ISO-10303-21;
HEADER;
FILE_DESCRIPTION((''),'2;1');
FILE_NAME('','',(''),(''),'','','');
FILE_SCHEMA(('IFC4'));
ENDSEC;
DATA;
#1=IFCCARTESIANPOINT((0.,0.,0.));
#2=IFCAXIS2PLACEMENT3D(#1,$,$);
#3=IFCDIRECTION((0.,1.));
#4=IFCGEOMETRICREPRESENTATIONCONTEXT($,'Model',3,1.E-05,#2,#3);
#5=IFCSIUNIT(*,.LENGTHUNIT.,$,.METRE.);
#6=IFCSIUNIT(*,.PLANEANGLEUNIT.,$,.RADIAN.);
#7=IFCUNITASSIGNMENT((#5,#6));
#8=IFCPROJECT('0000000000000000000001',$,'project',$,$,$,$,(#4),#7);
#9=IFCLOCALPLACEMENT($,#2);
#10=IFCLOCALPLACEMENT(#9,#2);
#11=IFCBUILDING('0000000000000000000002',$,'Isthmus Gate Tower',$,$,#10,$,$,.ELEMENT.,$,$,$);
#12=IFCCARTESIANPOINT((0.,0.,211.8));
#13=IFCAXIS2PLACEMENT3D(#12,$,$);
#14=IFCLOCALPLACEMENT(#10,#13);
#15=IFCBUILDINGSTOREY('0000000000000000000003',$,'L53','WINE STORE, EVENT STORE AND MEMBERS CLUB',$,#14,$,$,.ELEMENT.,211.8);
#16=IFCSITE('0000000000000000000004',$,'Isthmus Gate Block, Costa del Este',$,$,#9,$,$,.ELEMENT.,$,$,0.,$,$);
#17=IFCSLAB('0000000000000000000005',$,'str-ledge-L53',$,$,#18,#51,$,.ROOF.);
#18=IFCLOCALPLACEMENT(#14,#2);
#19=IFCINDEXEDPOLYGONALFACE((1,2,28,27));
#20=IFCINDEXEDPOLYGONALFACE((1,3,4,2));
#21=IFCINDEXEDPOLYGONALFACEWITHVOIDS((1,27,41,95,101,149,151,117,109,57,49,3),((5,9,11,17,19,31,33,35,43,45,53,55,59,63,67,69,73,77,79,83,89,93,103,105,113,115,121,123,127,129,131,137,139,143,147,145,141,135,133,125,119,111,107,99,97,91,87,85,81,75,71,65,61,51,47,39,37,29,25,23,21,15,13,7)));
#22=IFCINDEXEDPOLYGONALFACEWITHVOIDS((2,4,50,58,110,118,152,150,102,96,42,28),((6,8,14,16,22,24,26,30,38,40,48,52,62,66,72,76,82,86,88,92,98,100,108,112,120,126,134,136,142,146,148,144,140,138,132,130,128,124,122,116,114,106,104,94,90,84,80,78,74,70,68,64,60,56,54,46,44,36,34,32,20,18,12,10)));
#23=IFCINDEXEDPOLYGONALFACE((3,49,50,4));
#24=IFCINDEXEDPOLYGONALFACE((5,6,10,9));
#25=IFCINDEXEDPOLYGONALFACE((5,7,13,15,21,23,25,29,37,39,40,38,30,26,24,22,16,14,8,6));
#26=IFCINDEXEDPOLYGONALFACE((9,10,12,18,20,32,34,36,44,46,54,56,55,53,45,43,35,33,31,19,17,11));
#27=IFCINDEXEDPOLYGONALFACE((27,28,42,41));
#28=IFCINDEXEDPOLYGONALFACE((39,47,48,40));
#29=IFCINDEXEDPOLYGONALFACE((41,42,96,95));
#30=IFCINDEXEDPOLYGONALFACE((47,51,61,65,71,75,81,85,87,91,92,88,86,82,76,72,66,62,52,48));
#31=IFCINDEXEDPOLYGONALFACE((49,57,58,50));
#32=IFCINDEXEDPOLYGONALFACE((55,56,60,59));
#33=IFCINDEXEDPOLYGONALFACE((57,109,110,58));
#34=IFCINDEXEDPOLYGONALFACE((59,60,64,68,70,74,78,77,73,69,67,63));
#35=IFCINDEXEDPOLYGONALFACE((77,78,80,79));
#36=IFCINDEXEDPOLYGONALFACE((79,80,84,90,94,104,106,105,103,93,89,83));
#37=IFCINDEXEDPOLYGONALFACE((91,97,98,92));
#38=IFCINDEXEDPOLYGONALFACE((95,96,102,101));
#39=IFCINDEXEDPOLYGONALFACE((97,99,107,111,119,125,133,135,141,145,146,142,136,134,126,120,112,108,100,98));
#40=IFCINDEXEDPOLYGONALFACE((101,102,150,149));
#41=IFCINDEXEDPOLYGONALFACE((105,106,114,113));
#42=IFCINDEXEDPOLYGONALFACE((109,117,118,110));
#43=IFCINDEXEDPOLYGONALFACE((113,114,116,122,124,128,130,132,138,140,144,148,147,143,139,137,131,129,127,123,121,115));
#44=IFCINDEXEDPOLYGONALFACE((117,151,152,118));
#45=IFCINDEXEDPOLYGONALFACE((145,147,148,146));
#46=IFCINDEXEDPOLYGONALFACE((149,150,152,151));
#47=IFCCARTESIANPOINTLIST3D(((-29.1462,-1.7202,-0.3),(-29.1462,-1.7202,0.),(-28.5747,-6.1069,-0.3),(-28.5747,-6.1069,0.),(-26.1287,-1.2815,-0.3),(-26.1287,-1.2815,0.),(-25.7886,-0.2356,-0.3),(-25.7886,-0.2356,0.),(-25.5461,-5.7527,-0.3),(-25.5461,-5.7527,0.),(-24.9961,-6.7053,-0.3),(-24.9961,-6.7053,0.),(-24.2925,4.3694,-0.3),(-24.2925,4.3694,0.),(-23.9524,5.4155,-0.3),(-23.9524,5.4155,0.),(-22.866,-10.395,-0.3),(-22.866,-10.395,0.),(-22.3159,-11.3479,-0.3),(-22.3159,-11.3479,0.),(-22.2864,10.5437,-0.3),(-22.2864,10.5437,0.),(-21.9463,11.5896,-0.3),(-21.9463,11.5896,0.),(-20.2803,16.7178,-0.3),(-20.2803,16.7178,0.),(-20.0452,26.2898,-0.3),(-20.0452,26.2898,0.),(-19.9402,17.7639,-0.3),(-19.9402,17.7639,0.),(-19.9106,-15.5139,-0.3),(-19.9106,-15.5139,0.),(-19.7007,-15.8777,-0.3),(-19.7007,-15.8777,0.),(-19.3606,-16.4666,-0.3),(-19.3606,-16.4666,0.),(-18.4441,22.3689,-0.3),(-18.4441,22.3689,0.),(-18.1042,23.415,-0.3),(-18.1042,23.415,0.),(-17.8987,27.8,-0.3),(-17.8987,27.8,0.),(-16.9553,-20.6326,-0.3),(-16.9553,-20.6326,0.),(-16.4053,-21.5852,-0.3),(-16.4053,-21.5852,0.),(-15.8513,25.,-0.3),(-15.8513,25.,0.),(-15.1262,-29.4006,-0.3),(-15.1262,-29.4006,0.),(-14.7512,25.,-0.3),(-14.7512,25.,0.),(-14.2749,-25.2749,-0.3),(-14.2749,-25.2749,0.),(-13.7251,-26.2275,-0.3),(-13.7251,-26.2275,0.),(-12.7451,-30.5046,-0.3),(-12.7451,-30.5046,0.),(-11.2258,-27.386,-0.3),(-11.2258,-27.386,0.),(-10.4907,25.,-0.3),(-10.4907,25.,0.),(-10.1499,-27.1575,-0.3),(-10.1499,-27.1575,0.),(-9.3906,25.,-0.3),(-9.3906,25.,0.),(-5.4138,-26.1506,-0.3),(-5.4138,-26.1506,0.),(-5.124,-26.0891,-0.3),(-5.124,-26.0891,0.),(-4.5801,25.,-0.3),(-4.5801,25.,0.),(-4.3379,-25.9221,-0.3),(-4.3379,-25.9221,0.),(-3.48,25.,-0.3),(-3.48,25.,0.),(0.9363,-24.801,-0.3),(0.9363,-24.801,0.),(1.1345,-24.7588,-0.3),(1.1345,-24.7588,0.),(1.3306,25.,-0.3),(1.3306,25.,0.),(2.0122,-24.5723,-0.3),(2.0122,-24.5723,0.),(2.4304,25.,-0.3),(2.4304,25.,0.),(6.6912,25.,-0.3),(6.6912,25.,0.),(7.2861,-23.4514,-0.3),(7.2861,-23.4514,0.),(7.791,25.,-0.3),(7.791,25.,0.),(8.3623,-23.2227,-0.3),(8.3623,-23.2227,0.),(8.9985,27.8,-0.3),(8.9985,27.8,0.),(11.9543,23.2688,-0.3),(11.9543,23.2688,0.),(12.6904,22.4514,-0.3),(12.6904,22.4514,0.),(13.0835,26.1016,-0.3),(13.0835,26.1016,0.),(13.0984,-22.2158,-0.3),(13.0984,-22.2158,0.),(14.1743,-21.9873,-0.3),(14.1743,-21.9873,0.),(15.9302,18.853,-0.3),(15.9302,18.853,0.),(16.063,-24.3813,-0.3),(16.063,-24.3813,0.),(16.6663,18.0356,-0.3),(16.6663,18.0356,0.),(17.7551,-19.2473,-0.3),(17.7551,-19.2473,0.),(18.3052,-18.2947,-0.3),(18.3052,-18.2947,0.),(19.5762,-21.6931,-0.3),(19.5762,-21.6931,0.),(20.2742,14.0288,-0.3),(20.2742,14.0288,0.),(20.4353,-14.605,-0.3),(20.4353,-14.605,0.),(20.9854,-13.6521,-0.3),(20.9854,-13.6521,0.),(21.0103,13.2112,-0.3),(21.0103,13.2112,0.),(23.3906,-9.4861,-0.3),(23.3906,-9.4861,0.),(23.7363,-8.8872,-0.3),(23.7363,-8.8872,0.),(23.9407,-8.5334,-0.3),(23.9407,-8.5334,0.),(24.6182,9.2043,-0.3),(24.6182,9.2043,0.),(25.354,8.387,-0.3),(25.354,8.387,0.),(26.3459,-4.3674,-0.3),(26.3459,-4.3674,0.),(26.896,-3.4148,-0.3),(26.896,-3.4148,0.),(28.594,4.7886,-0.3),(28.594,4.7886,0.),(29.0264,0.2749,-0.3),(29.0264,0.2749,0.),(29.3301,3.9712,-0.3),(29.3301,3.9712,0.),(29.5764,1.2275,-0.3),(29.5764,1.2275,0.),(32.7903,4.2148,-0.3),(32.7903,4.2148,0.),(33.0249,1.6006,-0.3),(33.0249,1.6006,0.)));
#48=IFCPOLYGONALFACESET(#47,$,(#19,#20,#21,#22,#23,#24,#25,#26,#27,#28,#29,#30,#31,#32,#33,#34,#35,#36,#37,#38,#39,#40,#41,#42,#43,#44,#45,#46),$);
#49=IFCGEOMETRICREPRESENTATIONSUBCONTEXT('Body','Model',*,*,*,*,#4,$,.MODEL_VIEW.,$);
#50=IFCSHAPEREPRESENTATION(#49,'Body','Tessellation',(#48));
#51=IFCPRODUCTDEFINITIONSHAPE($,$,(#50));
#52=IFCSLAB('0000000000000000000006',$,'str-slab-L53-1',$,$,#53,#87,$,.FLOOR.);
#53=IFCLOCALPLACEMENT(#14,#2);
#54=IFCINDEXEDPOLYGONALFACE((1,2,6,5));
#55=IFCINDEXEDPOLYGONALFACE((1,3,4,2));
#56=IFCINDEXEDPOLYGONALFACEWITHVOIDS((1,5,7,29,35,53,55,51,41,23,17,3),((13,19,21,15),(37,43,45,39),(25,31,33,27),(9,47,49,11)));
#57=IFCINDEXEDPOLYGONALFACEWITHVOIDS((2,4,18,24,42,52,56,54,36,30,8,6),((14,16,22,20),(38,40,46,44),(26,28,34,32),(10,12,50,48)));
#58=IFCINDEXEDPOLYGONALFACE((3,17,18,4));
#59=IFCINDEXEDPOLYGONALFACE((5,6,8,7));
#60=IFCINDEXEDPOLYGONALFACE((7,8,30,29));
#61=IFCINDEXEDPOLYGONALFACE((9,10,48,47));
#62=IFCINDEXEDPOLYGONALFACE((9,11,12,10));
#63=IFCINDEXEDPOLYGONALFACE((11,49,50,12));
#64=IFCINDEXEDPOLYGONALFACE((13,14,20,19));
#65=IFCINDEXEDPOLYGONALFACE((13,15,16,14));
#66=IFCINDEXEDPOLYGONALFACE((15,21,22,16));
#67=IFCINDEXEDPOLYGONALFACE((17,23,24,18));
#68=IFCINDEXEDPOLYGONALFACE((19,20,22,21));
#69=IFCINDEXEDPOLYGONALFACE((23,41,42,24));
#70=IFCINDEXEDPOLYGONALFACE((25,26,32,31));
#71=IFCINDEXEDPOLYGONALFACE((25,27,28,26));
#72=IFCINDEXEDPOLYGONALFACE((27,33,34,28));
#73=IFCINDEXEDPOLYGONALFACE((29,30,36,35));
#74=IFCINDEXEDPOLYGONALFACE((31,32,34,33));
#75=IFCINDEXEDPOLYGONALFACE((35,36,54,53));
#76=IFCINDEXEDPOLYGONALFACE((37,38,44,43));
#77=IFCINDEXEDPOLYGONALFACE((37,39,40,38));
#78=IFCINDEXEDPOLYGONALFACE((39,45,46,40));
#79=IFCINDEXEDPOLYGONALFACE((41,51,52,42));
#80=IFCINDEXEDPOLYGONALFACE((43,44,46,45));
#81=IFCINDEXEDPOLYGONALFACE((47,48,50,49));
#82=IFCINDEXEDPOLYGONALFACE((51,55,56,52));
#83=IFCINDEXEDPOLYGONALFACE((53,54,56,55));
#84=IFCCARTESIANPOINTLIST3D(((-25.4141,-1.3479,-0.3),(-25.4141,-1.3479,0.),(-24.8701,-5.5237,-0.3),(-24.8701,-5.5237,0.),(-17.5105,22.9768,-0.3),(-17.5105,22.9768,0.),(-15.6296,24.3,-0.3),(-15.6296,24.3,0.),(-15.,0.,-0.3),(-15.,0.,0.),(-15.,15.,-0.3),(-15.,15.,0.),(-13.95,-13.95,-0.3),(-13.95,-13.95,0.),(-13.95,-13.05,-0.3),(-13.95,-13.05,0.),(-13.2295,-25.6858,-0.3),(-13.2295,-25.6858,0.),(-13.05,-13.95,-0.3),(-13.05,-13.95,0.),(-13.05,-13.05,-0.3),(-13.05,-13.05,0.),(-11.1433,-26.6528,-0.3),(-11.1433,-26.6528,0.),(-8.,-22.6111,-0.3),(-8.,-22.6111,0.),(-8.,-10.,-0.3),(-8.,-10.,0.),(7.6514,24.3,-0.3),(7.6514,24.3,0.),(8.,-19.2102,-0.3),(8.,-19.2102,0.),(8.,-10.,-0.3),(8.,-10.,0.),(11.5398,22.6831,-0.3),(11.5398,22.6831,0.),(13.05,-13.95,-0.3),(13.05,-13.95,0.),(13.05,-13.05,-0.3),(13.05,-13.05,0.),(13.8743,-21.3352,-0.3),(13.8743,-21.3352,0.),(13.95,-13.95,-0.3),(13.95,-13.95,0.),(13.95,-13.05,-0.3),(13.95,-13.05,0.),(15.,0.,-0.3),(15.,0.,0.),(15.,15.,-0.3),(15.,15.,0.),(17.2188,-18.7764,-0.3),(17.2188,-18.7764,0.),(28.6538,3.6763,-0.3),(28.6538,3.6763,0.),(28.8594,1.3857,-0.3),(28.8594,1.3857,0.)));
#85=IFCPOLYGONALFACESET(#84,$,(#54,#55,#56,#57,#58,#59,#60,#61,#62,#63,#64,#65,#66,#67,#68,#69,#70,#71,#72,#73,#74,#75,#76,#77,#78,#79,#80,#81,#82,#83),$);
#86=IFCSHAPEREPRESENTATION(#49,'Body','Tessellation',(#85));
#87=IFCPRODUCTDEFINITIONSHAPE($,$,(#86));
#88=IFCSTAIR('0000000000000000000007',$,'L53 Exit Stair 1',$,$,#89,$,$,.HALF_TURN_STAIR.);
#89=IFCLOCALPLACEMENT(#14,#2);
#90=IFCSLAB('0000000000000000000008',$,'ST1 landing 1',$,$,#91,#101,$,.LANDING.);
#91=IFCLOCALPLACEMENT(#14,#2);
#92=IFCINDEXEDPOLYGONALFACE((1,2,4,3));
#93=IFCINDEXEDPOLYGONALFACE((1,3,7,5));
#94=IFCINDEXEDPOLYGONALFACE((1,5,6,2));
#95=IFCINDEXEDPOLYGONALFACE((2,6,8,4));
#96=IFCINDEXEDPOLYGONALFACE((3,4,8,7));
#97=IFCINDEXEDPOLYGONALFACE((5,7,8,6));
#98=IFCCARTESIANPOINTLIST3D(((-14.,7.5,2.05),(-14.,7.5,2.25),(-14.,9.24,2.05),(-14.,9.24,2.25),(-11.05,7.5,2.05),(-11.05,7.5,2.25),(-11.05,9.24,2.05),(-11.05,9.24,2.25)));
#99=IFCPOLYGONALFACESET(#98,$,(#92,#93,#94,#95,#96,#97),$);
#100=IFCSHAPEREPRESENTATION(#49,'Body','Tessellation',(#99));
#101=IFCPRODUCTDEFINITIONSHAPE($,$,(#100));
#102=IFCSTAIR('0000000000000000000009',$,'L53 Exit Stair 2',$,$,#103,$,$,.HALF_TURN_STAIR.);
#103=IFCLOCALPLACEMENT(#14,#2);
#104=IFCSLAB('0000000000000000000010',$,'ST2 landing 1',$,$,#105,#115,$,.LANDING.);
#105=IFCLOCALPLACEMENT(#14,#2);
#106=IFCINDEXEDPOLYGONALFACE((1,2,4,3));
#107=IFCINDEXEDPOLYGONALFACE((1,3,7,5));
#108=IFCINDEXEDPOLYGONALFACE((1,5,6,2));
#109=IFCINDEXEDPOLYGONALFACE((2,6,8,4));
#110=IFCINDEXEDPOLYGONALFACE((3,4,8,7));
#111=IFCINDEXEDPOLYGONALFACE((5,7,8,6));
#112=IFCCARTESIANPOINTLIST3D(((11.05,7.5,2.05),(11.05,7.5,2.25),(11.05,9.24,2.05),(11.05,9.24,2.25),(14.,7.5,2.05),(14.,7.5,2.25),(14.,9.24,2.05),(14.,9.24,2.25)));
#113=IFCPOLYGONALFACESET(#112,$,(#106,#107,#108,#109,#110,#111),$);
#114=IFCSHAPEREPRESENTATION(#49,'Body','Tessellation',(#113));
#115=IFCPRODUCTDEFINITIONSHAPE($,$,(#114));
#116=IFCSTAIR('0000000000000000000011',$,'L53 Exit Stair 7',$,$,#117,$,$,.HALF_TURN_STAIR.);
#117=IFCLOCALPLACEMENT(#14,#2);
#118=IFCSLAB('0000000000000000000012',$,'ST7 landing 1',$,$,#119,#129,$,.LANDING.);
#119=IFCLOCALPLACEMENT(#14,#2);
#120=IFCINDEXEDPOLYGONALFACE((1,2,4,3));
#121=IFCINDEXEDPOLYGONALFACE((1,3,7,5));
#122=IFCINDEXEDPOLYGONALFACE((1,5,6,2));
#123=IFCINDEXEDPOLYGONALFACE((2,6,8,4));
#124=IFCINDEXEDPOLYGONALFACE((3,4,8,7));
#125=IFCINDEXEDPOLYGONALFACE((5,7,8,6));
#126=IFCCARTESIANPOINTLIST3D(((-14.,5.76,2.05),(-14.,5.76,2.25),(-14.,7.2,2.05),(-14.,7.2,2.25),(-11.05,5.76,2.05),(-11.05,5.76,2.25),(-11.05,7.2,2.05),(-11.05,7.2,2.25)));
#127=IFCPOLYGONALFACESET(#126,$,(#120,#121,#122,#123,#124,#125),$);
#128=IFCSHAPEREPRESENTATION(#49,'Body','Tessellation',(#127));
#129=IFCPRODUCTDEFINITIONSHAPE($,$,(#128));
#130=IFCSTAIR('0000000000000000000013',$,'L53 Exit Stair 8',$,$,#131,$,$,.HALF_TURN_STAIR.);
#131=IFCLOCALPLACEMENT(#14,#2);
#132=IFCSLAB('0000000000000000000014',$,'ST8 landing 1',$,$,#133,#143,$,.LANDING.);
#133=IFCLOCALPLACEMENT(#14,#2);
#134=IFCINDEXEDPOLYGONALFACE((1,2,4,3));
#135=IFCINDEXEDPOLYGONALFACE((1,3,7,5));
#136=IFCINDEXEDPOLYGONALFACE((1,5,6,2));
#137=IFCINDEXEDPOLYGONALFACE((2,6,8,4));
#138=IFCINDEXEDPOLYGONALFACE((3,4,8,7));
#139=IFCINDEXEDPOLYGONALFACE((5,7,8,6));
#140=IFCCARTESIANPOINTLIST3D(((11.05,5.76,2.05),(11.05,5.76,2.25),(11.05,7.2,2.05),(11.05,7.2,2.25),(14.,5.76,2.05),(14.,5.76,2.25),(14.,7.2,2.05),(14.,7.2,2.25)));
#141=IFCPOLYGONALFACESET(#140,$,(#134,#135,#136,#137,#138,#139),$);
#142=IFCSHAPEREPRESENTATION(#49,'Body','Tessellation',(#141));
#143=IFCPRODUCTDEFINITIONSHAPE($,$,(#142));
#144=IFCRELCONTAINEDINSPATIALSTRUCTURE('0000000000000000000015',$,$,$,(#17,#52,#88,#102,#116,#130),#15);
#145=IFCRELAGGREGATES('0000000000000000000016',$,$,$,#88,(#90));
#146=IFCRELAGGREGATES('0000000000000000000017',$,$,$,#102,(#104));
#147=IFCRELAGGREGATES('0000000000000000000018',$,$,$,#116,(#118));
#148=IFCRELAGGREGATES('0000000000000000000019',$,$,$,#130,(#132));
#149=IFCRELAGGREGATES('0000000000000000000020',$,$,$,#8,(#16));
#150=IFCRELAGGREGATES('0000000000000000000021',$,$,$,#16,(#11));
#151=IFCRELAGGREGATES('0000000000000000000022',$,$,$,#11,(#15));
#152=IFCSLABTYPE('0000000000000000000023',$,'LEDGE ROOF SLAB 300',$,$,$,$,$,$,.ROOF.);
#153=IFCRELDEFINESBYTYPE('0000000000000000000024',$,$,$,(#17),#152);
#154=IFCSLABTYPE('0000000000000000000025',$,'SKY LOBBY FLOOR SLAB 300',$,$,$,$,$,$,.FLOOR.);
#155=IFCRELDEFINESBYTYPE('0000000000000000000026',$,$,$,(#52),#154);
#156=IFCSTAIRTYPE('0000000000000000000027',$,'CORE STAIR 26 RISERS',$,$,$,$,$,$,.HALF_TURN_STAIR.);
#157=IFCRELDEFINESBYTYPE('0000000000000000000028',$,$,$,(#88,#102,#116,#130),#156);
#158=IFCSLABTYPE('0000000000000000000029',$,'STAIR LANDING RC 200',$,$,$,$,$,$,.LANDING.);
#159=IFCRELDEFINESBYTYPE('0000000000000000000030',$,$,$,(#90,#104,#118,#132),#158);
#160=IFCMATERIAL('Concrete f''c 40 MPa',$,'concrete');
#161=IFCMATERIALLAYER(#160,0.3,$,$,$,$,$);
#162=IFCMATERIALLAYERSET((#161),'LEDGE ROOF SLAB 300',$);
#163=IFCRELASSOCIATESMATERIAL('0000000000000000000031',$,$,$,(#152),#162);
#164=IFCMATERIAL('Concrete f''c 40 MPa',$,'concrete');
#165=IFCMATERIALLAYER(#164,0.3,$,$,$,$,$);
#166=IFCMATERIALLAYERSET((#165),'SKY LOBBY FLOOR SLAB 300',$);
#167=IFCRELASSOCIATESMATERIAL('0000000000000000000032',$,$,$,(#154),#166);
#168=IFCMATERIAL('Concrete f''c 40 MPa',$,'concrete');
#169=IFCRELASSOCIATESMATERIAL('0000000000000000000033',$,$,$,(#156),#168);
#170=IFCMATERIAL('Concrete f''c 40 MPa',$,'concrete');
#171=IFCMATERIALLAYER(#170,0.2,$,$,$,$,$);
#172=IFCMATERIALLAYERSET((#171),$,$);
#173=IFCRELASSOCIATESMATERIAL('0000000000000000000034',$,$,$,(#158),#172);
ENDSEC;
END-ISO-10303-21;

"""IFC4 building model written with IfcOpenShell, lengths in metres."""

from ifc_helpers import new_model, si_unit, direction, frame, origin, place, context, subcontext, project, spatial, polyline, outline, extrude, material, layer, layer_set, type_object, element, aggregate, save


model = new_model("IFC4")

# Units and contexts
model_context = context("Model", 3, precision=1e-05, world=origin(), true_north=direction((0.0, 1.0)))
body_context = subcontext(model_context, "Body", "Model", "MODEL_VIEW")
ifc_project = project(units=[si_unit("LENGTHUNIT", "METRE"), si_unit("PLANEANGLEUNIT", "RADIAN")], contexts=[model_context])

# Site, building, storey
site_placement = place(None, origin())
site = spatial("IfcSite", under=ifc_project, at=site_placement, Name="Isthmus Gate Block, Costa del Este", CompositionType="ELEMENT", RefElevation=0.0)
building_placement = place(site_placement, origin())
building = spatial("IfcBuilding", under=site, at=building_placement, Name="Isthmus Gate Tower", CompositionType="ELEMENT")
storey_placement = place(building_placement, frame((0.0, 0.0, 211.8)))
storey = spatial("IfcBuildingStorey", under=building, at=storey_placement, Name="L53", Description="WINE STORE, EVENT STORE AND MEMBERS CLUB", CompositionType="ELEMENT", Elevation=211.8)

# Slabs
ifc_material_1 = material(Name="Concrete f'c 40 MPa", Category="concrete")
ifc_layer_1 = layer(ifc_material_1, 0.3)
ifc_layer_set_1 = layer_set([ifc_layer_1], Name="LEDGE ROOF SLAB 300")
slab_type_1 = type_object("IfcSlabType", Name="LEDGE ROOF SLAB 300", PredefinedType="ROOF", material=ifc_layer_set_1)
slab_1_placement = place(storey_placement, frame((0.0, 0.0, -0.3)))
element("IfcSlab", 1, at=slab_1_placement, inside=storey, type_object=slab_type_1, Name="str-ledge-L53", PredefinedType="ROOF", context=body_context, shape_type="SweptSolid", body=[
    extrude(outline(polyline([(32.7903, 4.2148), (33.0249, 1.6006), (19.5762, -21.6931), (16.063, -24.3813), (-12.7451, -30.5046), (-15.1262, -29.4006), (-28.5747, -6.1069), (-29.1462, -1.7202), (-20.0452, 26.2898), (-17.8987, 27.8), (8.9985, 27.8), (13.0835, 26.1016), (32.7903, 4.2148)]), holes=[polyline([(-18.1042, 23.415), (-18.4441, 22.3689), (-19.9402, 17.7639), (-20.2803, 16.7178), (-21.9463, 11.5896), (-22.2864, 10.5437), (-23.9524, 5.4155), (-24.2925, 4.3694), (-25.7886, -0.2356), (-26.1287, -1.2815), (-25.5461, -5.7527), (-24.9961, -6.7053), (-22.866, -10.395), (-22.3159, -11.3479), (-19.9106, -15.5139), (-19.7007, -15.8777), (-19.3606, -16.4666), (-16.9553, -20.6326), (-16.4053, -21.5852), (-14.2749, -25.2749), (-13.7251, -26.2275), (-11.2258, -27.386), (-10.1499, -27.1575), (-5.4138, -26.1506), (-5.124, -26.0891), (-4.3379, -25.9221), (0.9363, -24.801), (1.1345, -24.7588), (2.0122, -24.5723), (7.2861, -23.4514), (8.3623, -23.2227), (13.0984, -22.2158), (14.1743, -21.9873), (17.7551, -19.2473), (18.3052, -18.2947), (20.4353, -14.605), (20.9854, -13.6521), (23.3906, -9.4861), (23.7363, -8.8872), (23.9407, -8.5334), (26.3459, -4.3674), (26.896, -3.4148), (29.0264, 0.2749), (29.5764, 1.2275), (29.3301, 3.9712), (28.594, 4.7886), (25.354, 8.387), (24.6182, 9.2043), (21.0103, 13.2112), (20.2742, 14.0288), (16.6663, 18.0356), (15.9302, 18.853), (12.6904, 22.4514), (11.9543, 23.2688), (7.791, 25.0), (6.6912, 25.0), (2.4304, 25.0), (1.3306, 25.0), (-3.48, 25.0), (-4.5801, 25.0), (-9.3906, 25.0), (-10.4907, 25.0), (-14.7512, 25.0), (-15.8513, 25.0), (-18.1042, 23.415)])]), origin(), (0.0, 0.0, 1.0), 0.3),
])
ifc_material_2 = material(Name="Concrete f'c 40 MPa", Category="concrete")
ifc_layer_2 = layer(ifc_material_2, 0.3)
ifc_layer_set_2 = layer_set([ifc_layer_2], Name="SKY LOBBY FLOOR SLAB 300")
slab_type_2 = type_object("IfcSlabType", Name="SKY LOBBY FLOOR SLAB 300", PredefinedType="FLOOR", material=ifc_layer_set_2)
slab_2_placement = place(storey_placement, frame((0.0, 0.0, -0.3)))
element("IfcSlab", 2, at=slab_2_placement, inside=storey, type_object=slab_type_2, Name="str-slab-L53-1", PredefinedType="FLOOR", context=body_context, shape_type="SweptSolid", body=[
    extrude(outline(polyline([(11.5398, 22.6831), (28.6538, 3.6763), (28.8594, 1.3857), (17.2188, -18.7764), (13.8743, -21.3352), (-11.1433, -26.6528), (-13.2295, -25.6858), (-24.8701, -5.5237), (-25.4141, -1.3479), (-17.5105, 22.9768), (-15.6296, 24.3), (7.6514, 24.3), (11.5398, 22.6831)]), holes=[polyline([(-8.0, -10.0), (-8.0, -22.6111), (8.0, -19.2102), (8.0, -10.0), (-8.0, -10.0)]), polyline([(-13.95, -13.05), (-13.95, -13.95), (-13.05, -13.95), (-13.05, -13.05), (-13.95, -13.05)]), polyline([(13.05, -13.05), (13.05, -13.95), (13.95, -13.95), (13.95, -13.05), (13.05, -13.05)]), polyline([(-15.0, 0.0), (15.0, 0.0), (15.0, 15.0), (-15.0, 15.0), (-15.0, 0.0)])]), origin(), (0.0, 0.0, 1.0), 0.3),
])

# Stairs, slabs
ifc_material_3 = material(Name="Concrete f'c 40 MPa", Category="concrete")
stair_type = type_object("IfcStairType", Name="CORE STAIR 26 RISERS", PredefinedType="HALF_TURN_STAIR", material=ifc_material_3)
stair_1_placement = place(storey_placement, origin())
stair_1 = element("IfcStair", 3, at=stair_1_placement, inside=storey, type_object=stair_type, Name="L53 Exit Stair 1", PredefinedType="HALF_TURN_STAIR")
ifc_material_4 = material(Name="Concrete f'c 40 MPa", Category="concrete")
ifc_layer_3 = layer(ifc_material_4, 0.2)
ifc_layer_set_3 = layer_set([ifc_layer_3])
slab_type_3 = type_object("IfcSlabType", Name="STAIR LANDING RC 200", PredefinedType="LANDING", material=ifc_layer_set_3)
slab_3_placement = place(storey_placement, frame((0.0, 0.0, 2.05)))
slab_3 = element("IfcSlab", 4, at=slab_3_placement, type_object=slab_type_3, Name="ST1 landing 1", PredefinedType="LANDING", context=body_context, shape_type="SweptSolid", body=[
    extrude(outline(polyline([(-14.0, 9.24), (-14.0, 7.5), (-11.05, 7.5), (-11.05, 9.24), (-14.0, 9.24)])), origin(), (0.0, 0.0, 1.0), 0.2),
])
aggregate(stair_1, [slab_3])
stair_2_placement = place(storey_placement, origin())
stair_2 = element("IfcStair", 5, at=stair_2_placement, inside=storey, type_object=stair_type, Name="L53 Exit Stair 2", PredefinedType="HALF_TURN_STAIR")
slab_4_placement = place(storey_placement, frame((0.0, 0.0, 2.05)))
slab_4 = element("IfcSlab", 6, at=slab_4_placement, type_object=slab_type_3, Name="ST2 landing 1", PredefinedType="LANDING", context=body_context, shape_type="SweptSolid", body=[
    extrude(outline(polyline([(11.05, 9.24), (11.05, 7.5), (14.0, 7.5), (14.0, 9.24), (11.05, 9.24)])), origin(), (0.0, 0.0, 1.0), 0.2),
])
aggregate(stair_2, [slab_4])
stair_3_placement = place(storey_placement, origin())
stair_3 = element("IfcStair", 7, at=stair_3_placement, inside=storey, type_object=stair_type, Name="L53 Exit Stair 7", PredefinedType="HALF_TURN_STAIR")
slab_5_placement = place(storey_placement, frame((0.0, 0.0, 2.05)))
slab_5 = element("IfcSlab", 8, at=slab_5_placement, type_object=slab_type_3, Name="ST7 landing 1", PredefinedType="LANDING", context=body_context, shape_type="SweptSolid", body=[
    extrude(outline(polyline([(-11.05, 5.76), (-11.05, 7.2), (-14.0, 7.2), (-14.0, 5.76), (-11.05, 5.76)])), origin(), (0.0, 0.0, 1.0), 0.2),
])
aggregate(stair_3, [slab_5])
stair_4_placement = place(storey_placement, origin())
stair_4 = element("IfcStair", 9, at=stair_4_placement, inside=storey, type_object=stair_type, Name="L53 Exit Stair 8", PredefinedType="HALF_TURN_STAIR")
slab_6_placement = place(storey_placement, frame((0.0, 0.0, 2.05)))
slab_6 = element("IfcSlab", 10, at=slab_6_placement, type_object=slab_type_3, Name="ST8 landing 1", PredefinedType="LANDING", context=body_context, shape_type="SweptSolid", body=[
    extrude(outline(polyline([(14.0, 5.76), (14.0, 7.2), (11.05, 7.2), (11.05, 5.76), (14.0, 5.76)])), origin(), (0.0, 0.0, 1.0), 0.2),
])
aggregate(stair_4, [slab_6])

save(model, "model.ifc")
